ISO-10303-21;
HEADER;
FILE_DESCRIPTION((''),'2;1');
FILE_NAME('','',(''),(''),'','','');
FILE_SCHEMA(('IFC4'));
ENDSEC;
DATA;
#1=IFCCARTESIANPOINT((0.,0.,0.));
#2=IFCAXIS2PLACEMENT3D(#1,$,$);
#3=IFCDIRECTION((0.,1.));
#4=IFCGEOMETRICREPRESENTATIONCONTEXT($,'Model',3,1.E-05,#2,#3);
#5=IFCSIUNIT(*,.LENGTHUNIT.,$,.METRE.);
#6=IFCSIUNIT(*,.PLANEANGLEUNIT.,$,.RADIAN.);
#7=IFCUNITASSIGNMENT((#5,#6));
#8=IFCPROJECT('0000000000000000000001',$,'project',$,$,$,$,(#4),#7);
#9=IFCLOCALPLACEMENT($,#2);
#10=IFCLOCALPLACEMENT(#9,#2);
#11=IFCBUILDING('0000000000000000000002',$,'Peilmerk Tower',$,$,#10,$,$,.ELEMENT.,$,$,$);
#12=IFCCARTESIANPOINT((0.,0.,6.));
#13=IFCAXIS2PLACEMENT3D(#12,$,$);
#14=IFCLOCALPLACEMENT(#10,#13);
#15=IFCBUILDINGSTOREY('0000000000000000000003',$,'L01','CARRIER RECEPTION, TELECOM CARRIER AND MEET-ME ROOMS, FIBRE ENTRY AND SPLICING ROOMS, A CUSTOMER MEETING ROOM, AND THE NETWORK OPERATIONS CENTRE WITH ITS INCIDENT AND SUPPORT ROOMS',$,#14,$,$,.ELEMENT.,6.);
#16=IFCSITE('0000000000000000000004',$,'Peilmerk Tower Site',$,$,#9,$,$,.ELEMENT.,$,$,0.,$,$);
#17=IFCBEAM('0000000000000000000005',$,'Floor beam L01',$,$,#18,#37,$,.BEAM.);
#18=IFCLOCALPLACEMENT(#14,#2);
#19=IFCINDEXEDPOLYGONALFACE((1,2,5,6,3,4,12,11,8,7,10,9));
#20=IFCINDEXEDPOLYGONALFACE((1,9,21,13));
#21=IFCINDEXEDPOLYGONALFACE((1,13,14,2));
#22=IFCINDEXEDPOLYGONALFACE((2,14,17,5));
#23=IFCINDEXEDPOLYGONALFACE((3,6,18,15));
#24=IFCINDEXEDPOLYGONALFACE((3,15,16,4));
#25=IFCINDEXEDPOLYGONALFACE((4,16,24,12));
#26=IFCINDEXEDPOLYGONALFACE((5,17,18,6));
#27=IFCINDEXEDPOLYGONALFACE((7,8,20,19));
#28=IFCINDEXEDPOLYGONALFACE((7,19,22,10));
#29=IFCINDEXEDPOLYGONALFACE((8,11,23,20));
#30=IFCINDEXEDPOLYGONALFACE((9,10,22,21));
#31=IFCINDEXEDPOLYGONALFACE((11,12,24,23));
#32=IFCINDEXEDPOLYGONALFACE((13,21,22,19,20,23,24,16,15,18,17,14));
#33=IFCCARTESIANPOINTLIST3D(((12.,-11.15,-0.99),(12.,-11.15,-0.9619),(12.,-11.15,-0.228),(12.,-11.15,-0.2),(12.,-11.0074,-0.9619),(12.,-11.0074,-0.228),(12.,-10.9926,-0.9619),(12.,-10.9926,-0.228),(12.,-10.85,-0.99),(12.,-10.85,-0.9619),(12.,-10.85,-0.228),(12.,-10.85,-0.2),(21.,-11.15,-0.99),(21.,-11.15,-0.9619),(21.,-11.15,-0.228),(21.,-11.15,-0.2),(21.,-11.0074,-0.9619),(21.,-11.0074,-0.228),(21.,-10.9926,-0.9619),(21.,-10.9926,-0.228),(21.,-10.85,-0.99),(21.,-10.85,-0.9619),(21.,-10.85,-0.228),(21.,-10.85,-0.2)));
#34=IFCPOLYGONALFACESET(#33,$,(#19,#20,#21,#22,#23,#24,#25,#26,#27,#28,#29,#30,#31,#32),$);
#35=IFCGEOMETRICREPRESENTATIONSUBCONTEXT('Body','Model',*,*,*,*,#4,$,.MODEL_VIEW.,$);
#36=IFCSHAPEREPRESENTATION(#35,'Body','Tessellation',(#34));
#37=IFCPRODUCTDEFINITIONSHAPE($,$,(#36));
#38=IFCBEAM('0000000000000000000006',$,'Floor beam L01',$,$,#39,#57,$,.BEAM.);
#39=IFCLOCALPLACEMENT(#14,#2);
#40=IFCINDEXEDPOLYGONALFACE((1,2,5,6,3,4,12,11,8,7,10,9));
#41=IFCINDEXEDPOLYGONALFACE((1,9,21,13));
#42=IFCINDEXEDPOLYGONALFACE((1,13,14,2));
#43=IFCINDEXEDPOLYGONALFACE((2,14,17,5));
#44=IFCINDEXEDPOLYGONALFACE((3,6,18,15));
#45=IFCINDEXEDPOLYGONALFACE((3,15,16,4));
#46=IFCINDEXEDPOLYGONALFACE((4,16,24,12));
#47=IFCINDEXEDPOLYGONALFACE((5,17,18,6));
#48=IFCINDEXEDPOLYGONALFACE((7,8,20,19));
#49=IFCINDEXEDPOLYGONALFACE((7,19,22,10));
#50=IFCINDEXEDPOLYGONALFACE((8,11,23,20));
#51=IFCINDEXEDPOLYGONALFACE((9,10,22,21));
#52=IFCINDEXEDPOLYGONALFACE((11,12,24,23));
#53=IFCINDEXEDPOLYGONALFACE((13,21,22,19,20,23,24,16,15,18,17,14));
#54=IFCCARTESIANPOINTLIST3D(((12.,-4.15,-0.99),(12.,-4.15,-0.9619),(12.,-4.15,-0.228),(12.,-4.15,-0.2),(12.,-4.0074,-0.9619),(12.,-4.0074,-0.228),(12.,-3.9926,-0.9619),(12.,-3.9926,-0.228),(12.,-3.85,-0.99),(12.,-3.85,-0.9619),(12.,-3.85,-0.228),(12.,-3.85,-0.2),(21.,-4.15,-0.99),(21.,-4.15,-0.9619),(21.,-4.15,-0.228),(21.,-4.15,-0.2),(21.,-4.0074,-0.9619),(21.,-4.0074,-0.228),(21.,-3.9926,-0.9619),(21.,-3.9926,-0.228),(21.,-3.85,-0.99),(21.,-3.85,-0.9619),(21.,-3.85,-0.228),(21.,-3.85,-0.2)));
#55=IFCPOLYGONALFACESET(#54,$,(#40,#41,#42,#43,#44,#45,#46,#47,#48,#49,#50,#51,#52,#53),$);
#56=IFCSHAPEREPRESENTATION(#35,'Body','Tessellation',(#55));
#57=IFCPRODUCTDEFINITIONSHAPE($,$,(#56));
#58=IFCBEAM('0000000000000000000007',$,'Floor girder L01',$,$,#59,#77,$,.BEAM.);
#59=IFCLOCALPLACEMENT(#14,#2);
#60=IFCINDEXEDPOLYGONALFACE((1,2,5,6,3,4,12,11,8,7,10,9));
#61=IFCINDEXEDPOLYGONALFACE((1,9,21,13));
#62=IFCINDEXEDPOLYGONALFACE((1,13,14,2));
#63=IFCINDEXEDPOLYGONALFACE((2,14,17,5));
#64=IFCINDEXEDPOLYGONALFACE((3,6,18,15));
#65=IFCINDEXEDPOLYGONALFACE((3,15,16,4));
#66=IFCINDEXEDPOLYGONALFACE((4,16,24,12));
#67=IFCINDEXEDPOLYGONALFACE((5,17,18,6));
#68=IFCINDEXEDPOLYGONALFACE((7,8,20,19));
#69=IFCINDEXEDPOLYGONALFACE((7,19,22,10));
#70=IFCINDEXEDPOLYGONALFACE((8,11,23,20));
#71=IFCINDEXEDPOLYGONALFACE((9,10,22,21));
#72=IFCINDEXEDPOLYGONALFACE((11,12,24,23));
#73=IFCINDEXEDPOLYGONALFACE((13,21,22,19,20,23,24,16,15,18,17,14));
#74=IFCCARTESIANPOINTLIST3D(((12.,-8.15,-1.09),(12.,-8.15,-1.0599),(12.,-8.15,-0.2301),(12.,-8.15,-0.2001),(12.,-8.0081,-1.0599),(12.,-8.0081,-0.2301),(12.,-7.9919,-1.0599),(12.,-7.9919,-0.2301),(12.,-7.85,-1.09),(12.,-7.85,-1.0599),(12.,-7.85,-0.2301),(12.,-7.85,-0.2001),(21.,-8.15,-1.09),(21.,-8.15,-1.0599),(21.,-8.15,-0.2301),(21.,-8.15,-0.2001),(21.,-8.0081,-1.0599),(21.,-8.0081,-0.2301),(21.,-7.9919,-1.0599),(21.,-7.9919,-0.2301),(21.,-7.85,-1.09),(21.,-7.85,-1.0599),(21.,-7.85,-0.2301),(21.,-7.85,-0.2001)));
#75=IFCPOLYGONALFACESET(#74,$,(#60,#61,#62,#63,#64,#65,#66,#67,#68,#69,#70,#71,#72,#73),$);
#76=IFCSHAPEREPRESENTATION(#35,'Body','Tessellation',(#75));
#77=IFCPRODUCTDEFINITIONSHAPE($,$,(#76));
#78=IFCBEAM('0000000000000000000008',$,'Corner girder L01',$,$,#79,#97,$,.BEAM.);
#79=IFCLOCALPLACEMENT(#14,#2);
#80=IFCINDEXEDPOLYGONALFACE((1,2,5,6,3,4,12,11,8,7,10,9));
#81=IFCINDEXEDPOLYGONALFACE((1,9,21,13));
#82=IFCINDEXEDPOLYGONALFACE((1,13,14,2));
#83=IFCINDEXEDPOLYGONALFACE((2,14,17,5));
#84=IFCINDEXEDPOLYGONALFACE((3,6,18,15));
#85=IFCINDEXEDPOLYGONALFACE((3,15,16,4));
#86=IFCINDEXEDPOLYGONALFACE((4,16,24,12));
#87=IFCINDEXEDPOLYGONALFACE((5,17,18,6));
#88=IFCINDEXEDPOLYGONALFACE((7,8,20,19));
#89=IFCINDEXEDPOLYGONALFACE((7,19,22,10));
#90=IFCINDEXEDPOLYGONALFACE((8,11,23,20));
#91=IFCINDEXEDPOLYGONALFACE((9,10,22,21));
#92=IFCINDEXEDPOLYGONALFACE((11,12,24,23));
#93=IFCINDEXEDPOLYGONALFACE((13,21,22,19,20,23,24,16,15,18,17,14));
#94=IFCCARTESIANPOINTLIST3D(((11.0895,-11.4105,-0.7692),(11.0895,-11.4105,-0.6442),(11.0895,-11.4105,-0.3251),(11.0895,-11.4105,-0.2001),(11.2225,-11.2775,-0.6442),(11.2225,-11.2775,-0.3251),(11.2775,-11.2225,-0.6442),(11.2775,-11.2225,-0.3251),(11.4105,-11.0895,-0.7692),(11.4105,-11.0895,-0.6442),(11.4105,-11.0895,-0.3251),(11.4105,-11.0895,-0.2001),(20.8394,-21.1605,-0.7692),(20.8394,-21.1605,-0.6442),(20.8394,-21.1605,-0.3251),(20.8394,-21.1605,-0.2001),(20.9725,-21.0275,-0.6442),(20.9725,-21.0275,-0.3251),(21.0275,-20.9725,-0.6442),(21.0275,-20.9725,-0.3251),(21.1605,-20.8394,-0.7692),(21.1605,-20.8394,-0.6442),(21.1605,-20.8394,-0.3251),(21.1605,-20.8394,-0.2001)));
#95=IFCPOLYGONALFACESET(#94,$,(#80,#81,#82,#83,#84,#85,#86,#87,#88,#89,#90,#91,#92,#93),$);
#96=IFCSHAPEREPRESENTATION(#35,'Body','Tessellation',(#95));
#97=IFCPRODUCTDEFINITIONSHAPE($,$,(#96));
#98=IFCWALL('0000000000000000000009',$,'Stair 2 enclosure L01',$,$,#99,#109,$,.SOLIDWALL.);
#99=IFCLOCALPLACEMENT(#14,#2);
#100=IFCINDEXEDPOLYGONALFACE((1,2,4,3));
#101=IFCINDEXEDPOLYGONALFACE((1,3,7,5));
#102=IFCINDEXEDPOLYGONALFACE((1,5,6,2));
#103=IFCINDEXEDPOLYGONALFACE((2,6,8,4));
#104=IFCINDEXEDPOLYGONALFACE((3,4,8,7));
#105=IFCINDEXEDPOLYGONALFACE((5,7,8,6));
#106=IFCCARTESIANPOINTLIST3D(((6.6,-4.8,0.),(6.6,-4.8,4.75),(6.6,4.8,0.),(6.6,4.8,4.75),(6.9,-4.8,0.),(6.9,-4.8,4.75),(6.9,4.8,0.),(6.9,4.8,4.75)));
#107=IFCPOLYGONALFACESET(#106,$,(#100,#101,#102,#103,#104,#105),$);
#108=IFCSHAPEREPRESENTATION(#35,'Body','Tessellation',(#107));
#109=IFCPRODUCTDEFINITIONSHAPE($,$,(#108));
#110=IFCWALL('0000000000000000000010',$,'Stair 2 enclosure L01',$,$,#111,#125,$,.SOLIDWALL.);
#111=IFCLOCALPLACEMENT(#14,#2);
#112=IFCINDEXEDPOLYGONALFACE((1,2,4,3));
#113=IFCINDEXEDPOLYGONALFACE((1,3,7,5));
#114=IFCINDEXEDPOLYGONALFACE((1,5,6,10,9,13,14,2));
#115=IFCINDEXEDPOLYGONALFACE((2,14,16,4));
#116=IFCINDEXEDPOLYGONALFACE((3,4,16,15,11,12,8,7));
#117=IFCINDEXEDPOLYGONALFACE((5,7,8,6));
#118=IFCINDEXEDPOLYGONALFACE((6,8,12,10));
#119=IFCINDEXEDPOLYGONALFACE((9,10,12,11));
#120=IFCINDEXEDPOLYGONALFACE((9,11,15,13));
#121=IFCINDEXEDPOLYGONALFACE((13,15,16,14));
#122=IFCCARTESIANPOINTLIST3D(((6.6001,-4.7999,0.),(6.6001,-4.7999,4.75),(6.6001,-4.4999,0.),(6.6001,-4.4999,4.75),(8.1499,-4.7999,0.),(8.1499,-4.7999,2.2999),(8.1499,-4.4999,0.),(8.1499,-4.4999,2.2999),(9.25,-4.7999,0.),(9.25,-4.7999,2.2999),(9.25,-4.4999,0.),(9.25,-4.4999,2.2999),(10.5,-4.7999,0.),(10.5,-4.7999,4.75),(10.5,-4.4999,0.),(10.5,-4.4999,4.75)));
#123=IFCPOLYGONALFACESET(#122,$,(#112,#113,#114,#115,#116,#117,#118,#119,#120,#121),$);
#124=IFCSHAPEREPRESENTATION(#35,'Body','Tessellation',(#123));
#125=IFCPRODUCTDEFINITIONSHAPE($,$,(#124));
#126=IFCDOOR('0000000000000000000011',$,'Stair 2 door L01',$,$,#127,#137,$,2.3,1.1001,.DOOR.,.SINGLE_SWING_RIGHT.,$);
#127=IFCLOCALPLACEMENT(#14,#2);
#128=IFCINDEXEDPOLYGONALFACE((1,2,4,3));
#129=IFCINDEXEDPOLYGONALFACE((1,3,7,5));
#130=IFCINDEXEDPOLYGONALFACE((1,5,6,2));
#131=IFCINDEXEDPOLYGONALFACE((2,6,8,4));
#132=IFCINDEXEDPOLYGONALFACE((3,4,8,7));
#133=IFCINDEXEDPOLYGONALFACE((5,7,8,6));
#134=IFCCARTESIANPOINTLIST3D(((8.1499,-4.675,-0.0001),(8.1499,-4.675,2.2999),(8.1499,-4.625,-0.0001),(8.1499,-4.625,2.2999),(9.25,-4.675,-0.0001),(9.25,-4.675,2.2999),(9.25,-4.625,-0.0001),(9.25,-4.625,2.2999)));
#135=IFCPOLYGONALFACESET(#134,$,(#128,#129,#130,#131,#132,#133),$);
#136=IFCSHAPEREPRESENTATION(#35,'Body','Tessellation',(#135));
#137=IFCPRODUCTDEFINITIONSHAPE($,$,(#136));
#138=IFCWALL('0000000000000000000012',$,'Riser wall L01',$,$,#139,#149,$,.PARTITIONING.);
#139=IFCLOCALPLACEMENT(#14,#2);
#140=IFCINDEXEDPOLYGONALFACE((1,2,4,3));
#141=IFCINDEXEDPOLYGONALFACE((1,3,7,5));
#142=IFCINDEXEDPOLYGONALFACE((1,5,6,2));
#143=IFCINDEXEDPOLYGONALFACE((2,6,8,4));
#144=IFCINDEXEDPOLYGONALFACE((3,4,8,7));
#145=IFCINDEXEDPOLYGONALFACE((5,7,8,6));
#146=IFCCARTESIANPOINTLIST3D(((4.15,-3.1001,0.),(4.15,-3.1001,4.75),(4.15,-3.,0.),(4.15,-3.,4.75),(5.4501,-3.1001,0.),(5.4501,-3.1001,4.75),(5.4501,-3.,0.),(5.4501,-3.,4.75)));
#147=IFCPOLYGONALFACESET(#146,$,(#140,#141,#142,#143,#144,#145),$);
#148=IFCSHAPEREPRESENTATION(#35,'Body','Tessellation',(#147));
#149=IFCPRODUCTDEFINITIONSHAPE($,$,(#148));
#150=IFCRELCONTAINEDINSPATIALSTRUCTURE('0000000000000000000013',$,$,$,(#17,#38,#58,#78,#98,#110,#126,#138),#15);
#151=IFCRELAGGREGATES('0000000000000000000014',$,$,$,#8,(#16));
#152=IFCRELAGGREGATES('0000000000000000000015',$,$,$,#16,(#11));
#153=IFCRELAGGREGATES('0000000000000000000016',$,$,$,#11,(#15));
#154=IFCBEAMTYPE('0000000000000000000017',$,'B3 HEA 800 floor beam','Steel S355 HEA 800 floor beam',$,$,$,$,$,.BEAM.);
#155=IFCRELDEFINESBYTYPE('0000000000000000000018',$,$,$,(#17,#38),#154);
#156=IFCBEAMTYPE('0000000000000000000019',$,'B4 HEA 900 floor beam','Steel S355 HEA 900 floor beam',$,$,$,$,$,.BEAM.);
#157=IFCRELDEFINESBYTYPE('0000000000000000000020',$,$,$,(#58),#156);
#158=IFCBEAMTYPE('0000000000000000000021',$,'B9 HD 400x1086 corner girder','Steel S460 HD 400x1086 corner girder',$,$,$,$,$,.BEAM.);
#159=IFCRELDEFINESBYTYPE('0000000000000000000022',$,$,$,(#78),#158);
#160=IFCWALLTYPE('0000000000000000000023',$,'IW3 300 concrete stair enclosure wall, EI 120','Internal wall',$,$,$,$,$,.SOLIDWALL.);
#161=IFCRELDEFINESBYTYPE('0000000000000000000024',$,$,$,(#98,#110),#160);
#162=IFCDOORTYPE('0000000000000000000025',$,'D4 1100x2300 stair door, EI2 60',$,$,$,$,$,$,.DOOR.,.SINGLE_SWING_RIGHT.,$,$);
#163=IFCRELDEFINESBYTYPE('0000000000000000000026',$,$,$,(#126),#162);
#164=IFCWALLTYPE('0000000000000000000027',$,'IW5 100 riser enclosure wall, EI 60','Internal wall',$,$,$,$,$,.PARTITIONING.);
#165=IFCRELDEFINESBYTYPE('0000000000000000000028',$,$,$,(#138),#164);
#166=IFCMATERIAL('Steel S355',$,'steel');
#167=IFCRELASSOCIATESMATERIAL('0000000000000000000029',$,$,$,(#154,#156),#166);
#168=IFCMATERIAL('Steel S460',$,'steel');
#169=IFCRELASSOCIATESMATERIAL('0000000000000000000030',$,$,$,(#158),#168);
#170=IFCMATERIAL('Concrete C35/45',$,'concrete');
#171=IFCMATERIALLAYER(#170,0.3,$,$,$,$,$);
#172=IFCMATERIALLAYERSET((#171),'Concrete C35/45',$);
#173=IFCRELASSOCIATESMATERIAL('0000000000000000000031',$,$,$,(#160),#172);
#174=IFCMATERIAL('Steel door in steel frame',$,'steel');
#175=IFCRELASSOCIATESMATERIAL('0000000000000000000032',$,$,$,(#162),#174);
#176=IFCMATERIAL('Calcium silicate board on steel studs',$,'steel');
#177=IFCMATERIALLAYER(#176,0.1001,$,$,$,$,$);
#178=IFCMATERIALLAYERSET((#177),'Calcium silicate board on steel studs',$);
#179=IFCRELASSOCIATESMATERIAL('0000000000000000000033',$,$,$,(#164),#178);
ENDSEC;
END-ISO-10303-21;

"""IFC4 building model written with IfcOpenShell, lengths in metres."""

from ifc_helpers import new_model, si_unit, direction, frame, frame_2d, origin, origin_2d, place, context, subcontext, project, spatial, rectangle, i_section, extrude, material, layer, layer_set, material_profile, profile_set, type_object, element, fill, save


model = new_model("IFC4")

# Units and contexts
model_context = context("Model", 3, precision=1e-05, world=origin(), true_north=direction((0.0, 1.0)))
body_context = subcontext(model_context, "Body", "Model", "MODEL_VIEW")
ifc_project = project(units=[si_unit("LENGTHUNIT", "METRE"), si_unit("PLANEANGLEUNIT", "RADIAN")], contexts=[model_context])

# Site, building, storey
site_placement = place(None, origin())
site = spatial("IfcSite", under=ifc_project, at=site_placement, Name="Peilmerk Tower Site", CompositionType="ELEMENT", RefElevation=0.0)
building_placement = place(site_placement, origin())
building = spatial("IfcBuilding", under=site, at=building_placement, Name="Peilmerk Tower", CompositionType="ELEMENT")
storey_placement = place(building_placement, frame((0.0, 0.0, 6.0)))
storey = spatial("IfcBuildingStorey", under=building, at=storey_placement, Name="L01", Description="CARRIER RECEPTION, TELECOM CARRIER AND MEET-ME ROOMS, FIBRE ENTRY AND SPLICING ROOMS, A CUSTOMER MEETING ROOM, AND THE NETWORK OPERATIONS CENTRE WITH ITS INCIDENT AND SUPPORT ROOMS", CompositionType="ELEMENT", Elevation=6.0)

# Beams
ifc_material_1 = material(Name="Steel S355", Category="steel")
ifc_material_profile_1 = material_profile(ifc_material_1, i_section(OverallWidth=0.3, OverallDepth=0.79, WebThickness=0.0149, FlangeThickness=0.0281, at=origin_2d()), Name="HEA 800")
ifc_profile_set_1 = profile_set([ifc_material_profile_1], Name="Steel S355")
beam_type_1 = type_object("IfcBeamType", Name="B3 HEA 800 floor beam", Description="Steel S355 HEA 800 floor beam", PredefinedType="BEAM", material=ifc_profile_set_1)
for number, where, z_axis, x_axis, name in (
    (1, (12.0, -11.0, -0.595), (1.0, 0.0, 0.0), (0.0, 1.0, 0.0), "Floor beam L01"),
    (2, (12.0, -4.0, -0.595), (1.0, 0.0, 0.0), (0.0, 1.0, 0.0), "Floor beam L01"),
):
    element("IfcBeam", number, at=place(storey_placement, frame(where, z_axis=z_axis, x_axis=x_axis)), inside=storey, type_object=beam_type_1, Name=name, PredefinedType="BEAM", context=body_context, shape_type="SweptSolid", body=[
        extrude(i_section(OverallWidth=0.3, OverallDepth=0.79, WebThickness=0.0149, FlangeThickness=0.0281, at=origin_2d()), origin(), (0.0, 0.0, 1.0), 9.0),
    ])
ifc_material_profile_2 = material_profile(ifc_material_1, i_section(OverallWidth=0.3, OverallDepth=0.8899, WebThickness=0.0161, FlangeThickness=0.03, at=origin_2d()), Name="HEA 900")
ifc_profile_set_2 = profile_set([ifc_material_profile_2], Name="Steel S355")
beam_type_2 = type_object("IfcBeamType", Name="B4 HEA 900 floor beam", Description="Steel S355 HEA 900 floor beam", PredefinedType="BEAM", material=ifc_profile_set_2)
beam_1_placement = place(storey_placement, frame((12.0, -8.0, -0.645), z_axis=(1.0, 0.0, 0.0), x_axis=(0.0, 1.0, 0.0)))
element("IfcBeam", 3, at=beam_1_placement, inside=storey, type_object=beam_type_2, Name="Floor girder L01", PredefinedType="BEAM", context=body_context, shape_type="SweptSolid", body=[
    extrude(i_section(OverallWidth=0.3, OverallDepth=0.8899, WebThickness=0.0161, FlangeThickness=0.03, at=origin_2d()), origin(), (0.0, 0.0, 1.0), 9.0),
])
ifc_material_2 = material(Name="Steel S460", Category="steel")
ifc_material_profile_3 = material_profile(ifc_material_2, i_section(OverallWidth=0.4541, OverallDepth=0.5691, WebThickness=0.0779, FlangeThickness=0.125, at=origin_2d()), Name="HD 400x1086")
ifc_profile_set_3 = profile_set([ifc_material_profile_3], Name="Steel S460")
beam_type_3 = type_object("IfcBeamType", Name="B9 HD 400x1086 corner girder", Description="Steel S460 HD 400x1086 corner girder", PredefinedType="BEAM", material=ifc_profile_set_3)
beam_2_placement = place(storey_placement, frame((11.25, -11.25, -0.4846), z_axis=(0.707107, -0.707107, 0.0), x_axis=(0.707107, 0.707107, 0.0)))
element("IfcBeam", 4, at=beam_2_placement, inside=storey, type_object=beam_type_3, Name="Corner girder L01", PredefinedType="BEAM", context=body_context, shape_type="SweptSolid", body=[
    extrude(i_section(OverallWidth=0.4541, OverallDepth=0.5691, WebThickness=0.0779, FlangeThickness=0.125, at=origin_2d()), origin(), (0.0, 0.0, 1.0), 13.7886),
])

# Wall
ifc_material_3 = material(Name="Concrete C35/45", Category="concrete")
ifc_layer_1 = layer(ifc_material_3, 0.3)
ifc_layer_set_1 = layer_set([ifc_layer_1], Name="Concrete C35/45")
wall_type_1 = type_object("IfcWallType", Name="IW3 300 concrete stair enclosure wall, EI 120", Description="Internal wall", PredefinedType="SOLIDWALL", material=ifc_layer_set_1)
wall_1_placement = place(storey_placement, frame((6.75, -4.8, 0.0), z_axis=(0.0, 0.0, 1.0), x_axis=(0.0, 1.0, 0.0)))
element("IfcWall", 5, at=wall_1_placement, inside=storey, type_object=wall_type_1, Name="Stair 2 enclosure L01", PredefinedType="SOLIDWALL", context=body_context, shape_type="SweptSolid", body=[
    extrude(rectangle(XDim=9.6001, YDim=0.3, at=frame_2d((4.8, 0.0))), origin(), (0.0, 0.0, 1.0), 4.75),
])

# Wall, opening, door
wall_2_placement = place(storey_placement, frame((10.5, -4.6499, 0.0), z_axis=(0.0, 0.0, 1.0), x_axis=(-1.0, 0.0, 0.0)))
wall_2 = element("IfcWall", 6, at=wall_2_placement, inside=storey, type_object=wall_type_1, Name="Stair 2 enclosure L01", PredefinedType="SOLIDWALL", context=body_context, shape_type="SweptSolid", body=[
    extrude(rectangle(XDim=3.8999, YDim=0.3, at=frame_2d((1.95, 0.0))), origin(), (0.0, 0.0, 1.0), 4.75),
])
opening_1_placement = place(wall_2_placement, frame((1.25, 0.0, 0.0)))
opening_1 = element("IfcOpeningElement", 7, at=opening_1_placement, cuts=wall_2, PredefinedType="OPENING", context=body_context, shape_type="SweptSolid", body=[
    extrude(rectangle(XDim=1.1001, YDim=2.3, at=frame_2d((0.55, 1.1499))), frame((0.0, 0.1599, 0.0), z_axis=(0.0, -1.0, 0.0), x_axis=(1.0, 0.0, 0.0)), (0.0, 0.0, 1.0), 0.3201),
])
ifc_material_4 = material(Name="Steel door in steel frame", Category="steel")
door_type_1 = type_object("IfcDoorType", Name="D4 1100x2300 stair door, EI2 60", OperationType="SINGLE_SWING_RIGHT", PredefinedType="DOOR", material=ifc_material_4)
door_1_placement = place(opening_1_placement, frame((1.1001, 0.0, 0.0), z_axis=(0.0, 0.0, 1.0), x_axis=(-1.0, 0.0, 0.0)))
door_1 = element("IfcDoor", 8, at=door_1_placement, inside=storey, type_object=door_type_1, Name="Stair 2 door L01", OperationType="SINGLE_SWING_RIGHT", OverallHeight=2.3, OverallWidth=1.1001, PredefinedType="DOOR", context=body_context, shape_type="SweptSolid", body=[
    extrude(rectangle(XDim=1.1001, YDim=2.3, at=frame_2d((0.55, 1.1499))), frame((0.0, 0.0249, 0.0), z_axis=(0.0, -1.0, 0.0), x_axis=(1.0, 0.0, 0.0)), (0.0, 0.0, 1.0), 0.05),
])
fill(opening_1, door_1)

# Wall
ifc_material_5 = material(Name="Calcium silicate board on steel studs", Category="steel")
ifc_layer_2 = layer(ifc_material_5, 0.1001)
ifc_layer_set_2 = layer_set([ifc_layer_2], Name="Calcium silicate board on steel studs")
wall_type_2 = type_object("IfcWallType", Name="IW5 100 riser enclosure wall, EI 60", Description="Internal wall", PredefinedType="PARTITIONING", material=ifc_layer_set_2)
wall_3_placement = place(storey_placement, frame((5.45, -3.05, 0.0), z_axis=(0.0, 0.0, 1.0), x_axis=(-1.0, 0.0, 0.0)))
element("IfcWall", 9, at=wall_3_placement, inside=storey, type_object=wall_type_2, Name="Riser wall L01", PredefinedType="PARTITIONING", context=body_context, shape_type="SweptSolid", body=[
    extrude(rectangle(XDim=1.3, YDim=0.1001, at=frame_2d((0.6499, 0.0))), origin(), (0.0, 0.0, 1.0), 4.75),
])

save(model, "model.ifc")
